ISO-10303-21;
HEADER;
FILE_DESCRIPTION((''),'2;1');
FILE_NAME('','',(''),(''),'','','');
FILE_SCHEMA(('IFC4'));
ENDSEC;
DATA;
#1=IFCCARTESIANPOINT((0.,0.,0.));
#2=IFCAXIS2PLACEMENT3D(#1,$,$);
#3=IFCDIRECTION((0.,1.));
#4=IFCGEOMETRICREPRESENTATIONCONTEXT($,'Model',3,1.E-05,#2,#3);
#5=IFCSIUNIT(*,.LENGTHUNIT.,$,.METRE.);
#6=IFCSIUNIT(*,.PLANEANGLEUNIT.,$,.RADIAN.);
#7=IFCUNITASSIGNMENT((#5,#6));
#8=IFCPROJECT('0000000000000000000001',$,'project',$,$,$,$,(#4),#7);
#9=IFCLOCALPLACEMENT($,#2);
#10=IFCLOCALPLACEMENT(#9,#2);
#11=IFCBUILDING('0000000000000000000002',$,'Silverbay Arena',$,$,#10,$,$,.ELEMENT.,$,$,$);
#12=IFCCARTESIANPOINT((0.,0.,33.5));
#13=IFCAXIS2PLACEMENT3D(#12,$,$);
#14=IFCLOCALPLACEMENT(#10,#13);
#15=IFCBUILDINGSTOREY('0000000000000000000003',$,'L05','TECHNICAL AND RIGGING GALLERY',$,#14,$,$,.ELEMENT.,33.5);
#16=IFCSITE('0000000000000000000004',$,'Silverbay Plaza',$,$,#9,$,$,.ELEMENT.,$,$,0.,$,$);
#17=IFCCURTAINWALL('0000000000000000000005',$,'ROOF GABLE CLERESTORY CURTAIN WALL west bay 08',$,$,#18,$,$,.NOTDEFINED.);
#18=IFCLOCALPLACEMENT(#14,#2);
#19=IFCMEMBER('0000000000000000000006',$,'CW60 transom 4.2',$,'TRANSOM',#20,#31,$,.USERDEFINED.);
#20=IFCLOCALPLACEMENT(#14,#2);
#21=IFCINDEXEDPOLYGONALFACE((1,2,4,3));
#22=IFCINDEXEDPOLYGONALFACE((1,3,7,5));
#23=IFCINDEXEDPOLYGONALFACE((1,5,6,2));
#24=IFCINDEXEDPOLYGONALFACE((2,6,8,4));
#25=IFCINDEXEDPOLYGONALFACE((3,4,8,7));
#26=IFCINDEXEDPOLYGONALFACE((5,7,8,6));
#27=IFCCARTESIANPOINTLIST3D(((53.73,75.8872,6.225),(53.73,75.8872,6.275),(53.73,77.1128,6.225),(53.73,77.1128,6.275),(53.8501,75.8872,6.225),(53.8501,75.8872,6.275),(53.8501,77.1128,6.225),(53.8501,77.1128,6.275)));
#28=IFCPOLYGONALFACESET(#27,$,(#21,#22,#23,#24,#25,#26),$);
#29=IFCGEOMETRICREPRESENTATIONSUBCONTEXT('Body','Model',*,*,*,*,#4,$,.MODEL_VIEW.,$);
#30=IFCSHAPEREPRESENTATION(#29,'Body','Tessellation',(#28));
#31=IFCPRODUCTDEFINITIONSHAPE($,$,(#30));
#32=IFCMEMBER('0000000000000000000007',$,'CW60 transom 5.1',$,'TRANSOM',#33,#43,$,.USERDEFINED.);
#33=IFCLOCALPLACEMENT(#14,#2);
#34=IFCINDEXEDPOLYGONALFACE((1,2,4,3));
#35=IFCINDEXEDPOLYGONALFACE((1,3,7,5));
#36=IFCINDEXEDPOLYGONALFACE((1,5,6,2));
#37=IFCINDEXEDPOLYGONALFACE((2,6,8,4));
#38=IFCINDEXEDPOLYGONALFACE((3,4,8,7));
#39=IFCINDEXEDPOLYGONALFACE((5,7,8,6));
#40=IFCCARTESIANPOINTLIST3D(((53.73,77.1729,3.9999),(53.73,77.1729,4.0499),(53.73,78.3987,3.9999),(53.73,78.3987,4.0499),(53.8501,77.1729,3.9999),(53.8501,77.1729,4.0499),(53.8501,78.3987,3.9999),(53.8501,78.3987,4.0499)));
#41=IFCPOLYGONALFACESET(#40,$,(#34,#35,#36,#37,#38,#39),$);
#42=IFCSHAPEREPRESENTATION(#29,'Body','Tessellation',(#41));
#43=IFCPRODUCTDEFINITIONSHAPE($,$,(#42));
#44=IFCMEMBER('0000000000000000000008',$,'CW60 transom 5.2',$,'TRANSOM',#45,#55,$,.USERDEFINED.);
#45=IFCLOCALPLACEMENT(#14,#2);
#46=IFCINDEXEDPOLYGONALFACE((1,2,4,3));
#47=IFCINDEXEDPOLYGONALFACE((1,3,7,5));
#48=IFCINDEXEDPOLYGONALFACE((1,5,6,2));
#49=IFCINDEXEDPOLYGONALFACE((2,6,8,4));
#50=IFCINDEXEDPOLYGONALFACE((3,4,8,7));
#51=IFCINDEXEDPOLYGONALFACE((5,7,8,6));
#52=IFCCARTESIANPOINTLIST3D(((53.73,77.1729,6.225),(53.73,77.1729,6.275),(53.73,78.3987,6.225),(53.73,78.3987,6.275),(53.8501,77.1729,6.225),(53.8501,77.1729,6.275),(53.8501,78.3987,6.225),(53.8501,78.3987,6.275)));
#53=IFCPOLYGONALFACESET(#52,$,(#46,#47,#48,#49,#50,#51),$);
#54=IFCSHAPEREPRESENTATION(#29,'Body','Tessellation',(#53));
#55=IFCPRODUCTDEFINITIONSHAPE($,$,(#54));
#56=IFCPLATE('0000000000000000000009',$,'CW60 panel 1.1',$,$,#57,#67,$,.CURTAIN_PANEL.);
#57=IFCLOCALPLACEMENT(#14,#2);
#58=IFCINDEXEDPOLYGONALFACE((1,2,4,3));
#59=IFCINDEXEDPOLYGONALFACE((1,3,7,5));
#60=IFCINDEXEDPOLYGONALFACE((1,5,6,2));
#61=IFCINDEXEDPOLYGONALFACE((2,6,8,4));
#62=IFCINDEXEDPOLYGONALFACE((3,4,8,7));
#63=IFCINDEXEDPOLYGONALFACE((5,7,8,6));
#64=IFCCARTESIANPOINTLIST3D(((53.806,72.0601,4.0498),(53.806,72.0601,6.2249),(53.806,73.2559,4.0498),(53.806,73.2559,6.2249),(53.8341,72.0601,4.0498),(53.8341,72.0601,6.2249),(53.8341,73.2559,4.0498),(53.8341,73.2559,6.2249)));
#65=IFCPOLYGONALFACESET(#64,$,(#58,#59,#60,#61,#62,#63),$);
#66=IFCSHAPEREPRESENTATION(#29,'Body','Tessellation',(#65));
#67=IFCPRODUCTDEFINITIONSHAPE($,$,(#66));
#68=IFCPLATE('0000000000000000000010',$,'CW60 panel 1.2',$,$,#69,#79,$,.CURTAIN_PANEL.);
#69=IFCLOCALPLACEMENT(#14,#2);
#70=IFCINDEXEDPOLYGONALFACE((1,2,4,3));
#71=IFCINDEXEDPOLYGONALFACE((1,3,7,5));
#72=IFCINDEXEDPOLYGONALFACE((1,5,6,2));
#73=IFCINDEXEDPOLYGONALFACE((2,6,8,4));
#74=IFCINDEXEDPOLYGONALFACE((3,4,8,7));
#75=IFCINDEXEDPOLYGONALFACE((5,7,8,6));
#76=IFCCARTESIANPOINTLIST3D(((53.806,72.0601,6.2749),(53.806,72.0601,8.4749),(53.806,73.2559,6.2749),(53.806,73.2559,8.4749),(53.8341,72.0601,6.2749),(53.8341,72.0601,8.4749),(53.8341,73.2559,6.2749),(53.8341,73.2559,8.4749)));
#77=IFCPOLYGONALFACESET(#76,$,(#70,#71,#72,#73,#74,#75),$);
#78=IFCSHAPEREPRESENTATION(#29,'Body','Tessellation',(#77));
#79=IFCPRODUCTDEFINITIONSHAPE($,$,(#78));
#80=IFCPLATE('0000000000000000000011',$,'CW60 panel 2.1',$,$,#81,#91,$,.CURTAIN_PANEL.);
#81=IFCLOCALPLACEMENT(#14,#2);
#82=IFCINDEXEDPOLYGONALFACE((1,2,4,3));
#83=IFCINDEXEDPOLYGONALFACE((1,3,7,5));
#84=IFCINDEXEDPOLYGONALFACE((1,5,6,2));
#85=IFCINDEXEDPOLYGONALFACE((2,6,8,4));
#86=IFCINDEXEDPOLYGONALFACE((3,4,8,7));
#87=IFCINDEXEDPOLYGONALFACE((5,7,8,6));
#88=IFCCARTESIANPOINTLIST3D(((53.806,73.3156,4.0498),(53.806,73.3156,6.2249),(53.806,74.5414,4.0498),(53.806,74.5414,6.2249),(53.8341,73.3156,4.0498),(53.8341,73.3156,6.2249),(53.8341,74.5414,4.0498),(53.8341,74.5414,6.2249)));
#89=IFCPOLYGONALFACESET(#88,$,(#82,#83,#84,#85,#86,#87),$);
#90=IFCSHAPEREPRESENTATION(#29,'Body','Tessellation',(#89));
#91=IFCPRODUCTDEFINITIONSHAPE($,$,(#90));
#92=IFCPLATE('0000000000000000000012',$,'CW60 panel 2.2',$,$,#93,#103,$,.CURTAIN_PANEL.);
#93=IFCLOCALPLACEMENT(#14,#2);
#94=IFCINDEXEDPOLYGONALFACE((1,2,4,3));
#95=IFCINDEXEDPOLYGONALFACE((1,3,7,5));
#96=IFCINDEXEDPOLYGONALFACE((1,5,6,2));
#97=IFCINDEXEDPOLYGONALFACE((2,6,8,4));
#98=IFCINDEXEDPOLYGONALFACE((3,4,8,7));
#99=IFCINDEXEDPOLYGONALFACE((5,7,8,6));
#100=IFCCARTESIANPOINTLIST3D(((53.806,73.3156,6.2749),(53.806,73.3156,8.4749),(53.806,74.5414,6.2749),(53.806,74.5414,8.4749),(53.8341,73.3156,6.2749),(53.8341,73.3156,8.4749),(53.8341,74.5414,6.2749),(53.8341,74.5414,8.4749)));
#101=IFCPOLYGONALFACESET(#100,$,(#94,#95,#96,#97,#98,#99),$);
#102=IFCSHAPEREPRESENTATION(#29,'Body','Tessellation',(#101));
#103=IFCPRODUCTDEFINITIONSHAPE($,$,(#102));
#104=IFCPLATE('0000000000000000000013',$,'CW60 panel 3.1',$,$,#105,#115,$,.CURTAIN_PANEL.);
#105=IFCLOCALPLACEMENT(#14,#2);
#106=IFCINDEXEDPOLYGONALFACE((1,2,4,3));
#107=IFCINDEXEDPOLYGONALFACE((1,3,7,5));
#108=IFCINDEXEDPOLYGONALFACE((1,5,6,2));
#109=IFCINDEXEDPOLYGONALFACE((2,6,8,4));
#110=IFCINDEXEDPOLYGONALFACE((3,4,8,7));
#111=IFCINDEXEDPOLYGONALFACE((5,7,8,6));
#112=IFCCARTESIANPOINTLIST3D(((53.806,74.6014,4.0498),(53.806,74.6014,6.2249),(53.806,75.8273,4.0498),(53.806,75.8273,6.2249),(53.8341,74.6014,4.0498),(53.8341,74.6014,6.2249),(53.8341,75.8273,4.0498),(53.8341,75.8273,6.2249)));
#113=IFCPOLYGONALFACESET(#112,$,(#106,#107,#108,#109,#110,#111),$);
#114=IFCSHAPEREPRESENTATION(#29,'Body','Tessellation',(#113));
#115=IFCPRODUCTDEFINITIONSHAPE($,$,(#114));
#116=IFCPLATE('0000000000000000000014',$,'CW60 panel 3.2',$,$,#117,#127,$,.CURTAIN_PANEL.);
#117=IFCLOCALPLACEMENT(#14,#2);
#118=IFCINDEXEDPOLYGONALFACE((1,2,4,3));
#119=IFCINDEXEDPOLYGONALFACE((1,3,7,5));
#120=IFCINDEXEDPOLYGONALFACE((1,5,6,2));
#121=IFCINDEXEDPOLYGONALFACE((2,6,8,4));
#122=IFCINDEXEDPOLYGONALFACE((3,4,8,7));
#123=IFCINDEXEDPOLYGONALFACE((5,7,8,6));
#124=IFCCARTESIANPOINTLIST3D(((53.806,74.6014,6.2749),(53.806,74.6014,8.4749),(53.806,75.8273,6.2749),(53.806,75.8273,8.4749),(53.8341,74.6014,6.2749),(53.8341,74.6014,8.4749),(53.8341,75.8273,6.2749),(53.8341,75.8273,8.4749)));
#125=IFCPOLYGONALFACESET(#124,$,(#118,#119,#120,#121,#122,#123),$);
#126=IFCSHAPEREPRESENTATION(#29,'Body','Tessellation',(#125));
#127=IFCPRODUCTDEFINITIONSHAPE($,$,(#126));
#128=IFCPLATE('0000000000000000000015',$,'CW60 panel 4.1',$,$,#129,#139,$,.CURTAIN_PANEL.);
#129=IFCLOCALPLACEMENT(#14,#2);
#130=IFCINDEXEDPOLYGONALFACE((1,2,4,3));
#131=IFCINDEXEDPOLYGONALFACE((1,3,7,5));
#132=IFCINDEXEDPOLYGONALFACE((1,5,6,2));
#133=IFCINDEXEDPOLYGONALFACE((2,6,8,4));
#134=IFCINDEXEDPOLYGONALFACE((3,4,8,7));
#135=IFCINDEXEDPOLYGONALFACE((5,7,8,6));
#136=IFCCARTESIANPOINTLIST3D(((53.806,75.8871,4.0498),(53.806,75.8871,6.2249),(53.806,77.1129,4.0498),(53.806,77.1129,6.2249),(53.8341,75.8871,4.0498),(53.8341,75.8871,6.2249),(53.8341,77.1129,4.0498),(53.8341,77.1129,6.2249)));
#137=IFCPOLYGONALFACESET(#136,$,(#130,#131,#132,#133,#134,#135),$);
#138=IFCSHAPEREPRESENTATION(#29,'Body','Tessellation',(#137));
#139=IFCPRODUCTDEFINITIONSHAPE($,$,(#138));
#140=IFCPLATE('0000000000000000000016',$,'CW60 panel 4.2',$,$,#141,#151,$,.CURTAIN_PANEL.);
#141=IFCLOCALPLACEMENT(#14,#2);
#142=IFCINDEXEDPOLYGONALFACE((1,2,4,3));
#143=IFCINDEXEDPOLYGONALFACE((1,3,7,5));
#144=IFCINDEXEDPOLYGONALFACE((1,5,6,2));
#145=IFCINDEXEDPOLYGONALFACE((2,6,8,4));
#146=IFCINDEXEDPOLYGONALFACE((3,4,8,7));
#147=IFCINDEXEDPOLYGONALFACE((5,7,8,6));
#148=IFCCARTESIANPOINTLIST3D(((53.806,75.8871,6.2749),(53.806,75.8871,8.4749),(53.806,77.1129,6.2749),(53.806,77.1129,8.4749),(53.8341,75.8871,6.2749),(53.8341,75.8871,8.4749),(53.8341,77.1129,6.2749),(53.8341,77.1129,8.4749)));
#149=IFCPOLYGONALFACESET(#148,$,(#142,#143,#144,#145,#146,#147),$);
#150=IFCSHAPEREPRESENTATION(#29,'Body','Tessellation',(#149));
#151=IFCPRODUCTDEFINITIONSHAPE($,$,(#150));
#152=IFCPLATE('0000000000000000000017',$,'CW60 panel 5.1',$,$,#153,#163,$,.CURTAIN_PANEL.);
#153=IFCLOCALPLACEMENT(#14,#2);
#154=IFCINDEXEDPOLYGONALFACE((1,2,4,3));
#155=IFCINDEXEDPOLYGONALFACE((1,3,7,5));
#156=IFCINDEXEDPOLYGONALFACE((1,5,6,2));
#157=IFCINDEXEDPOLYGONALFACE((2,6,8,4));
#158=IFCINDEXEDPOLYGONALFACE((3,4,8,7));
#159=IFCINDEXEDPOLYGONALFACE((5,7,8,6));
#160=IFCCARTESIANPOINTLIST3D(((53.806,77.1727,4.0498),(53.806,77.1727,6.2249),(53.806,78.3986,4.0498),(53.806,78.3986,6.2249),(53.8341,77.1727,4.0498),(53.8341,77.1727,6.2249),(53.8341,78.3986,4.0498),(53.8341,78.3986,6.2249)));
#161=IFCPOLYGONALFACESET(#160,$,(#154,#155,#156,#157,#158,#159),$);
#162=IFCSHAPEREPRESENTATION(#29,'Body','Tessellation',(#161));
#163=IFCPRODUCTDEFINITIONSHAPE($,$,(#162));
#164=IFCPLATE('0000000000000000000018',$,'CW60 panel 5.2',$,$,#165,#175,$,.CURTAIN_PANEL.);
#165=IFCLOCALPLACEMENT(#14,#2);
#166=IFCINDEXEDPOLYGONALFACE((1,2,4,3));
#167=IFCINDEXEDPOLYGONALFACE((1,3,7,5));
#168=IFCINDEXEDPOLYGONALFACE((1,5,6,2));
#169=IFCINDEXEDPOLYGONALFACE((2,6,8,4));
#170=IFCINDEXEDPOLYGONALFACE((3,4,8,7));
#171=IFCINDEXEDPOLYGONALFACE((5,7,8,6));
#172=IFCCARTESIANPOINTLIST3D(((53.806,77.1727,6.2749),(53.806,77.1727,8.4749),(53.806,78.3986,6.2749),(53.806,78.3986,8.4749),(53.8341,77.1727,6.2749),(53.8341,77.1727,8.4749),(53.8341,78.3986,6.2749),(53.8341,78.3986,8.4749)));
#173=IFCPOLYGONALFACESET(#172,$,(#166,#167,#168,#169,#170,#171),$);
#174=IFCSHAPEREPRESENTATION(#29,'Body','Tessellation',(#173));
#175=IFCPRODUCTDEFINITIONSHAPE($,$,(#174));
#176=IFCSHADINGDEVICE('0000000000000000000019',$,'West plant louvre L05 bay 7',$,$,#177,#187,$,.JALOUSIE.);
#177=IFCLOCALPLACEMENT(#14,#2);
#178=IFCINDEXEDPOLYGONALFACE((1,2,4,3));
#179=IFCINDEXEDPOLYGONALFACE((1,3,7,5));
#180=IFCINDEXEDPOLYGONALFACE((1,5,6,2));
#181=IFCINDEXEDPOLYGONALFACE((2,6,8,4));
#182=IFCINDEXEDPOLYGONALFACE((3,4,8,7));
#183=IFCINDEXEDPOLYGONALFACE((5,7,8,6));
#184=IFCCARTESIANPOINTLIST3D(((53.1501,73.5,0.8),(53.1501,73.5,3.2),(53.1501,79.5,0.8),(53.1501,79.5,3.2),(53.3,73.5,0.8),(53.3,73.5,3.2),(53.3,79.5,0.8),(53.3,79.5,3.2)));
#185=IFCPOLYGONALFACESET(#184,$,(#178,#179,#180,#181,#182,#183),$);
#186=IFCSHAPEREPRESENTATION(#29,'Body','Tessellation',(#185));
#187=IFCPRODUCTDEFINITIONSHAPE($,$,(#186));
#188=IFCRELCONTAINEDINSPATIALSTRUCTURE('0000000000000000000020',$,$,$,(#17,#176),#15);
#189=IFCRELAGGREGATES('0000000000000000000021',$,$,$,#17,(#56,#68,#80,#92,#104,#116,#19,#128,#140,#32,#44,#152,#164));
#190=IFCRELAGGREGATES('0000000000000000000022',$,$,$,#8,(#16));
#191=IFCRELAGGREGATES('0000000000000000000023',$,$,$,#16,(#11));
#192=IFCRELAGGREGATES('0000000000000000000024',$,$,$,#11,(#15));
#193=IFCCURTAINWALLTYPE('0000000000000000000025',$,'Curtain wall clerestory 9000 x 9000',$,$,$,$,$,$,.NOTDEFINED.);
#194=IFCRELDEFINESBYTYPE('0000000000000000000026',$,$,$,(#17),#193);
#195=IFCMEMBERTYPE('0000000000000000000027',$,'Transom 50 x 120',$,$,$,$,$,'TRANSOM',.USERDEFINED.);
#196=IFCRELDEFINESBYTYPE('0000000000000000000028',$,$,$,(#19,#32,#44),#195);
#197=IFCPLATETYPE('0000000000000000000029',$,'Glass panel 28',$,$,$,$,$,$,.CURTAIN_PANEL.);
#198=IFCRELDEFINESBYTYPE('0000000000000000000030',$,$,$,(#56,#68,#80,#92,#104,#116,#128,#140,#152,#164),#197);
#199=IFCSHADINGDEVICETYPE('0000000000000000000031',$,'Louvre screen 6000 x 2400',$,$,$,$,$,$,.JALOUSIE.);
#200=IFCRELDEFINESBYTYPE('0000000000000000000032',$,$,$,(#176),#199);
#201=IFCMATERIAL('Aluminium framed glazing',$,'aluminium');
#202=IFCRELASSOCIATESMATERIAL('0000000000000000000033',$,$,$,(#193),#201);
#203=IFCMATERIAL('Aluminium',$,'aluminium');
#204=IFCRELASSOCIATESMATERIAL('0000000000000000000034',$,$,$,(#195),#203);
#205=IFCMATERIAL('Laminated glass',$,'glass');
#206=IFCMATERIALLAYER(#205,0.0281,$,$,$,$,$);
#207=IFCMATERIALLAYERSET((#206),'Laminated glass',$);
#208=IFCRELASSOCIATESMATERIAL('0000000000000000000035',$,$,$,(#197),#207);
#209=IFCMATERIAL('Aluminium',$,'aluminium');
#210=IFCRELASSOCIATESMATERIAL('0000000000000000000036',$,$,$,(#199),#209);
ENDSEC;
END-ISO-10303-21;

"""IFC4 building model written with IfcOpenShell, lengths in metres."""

from ifc_helpers import new_model, si_unit, direction, frame, origin, origin_2d, place, context, subcontext, project, spatial, rectangle, extrude, material, layer, layer_set, material_profile, profile_set, type_object, element, aggregate, save


model = new_model("IFC4")

# Units and contexts
model_context = context("Model", 3, precision=1e-05, world=origin(), true_north=direction((0.0, 1.0)))
body_context = subcontext(model_context, "Body", "Model", "MODEL_VIEW")
ifc_project = project(units=[si_unit("LENGTHUNIT", "METRE"), si_unit("PLANEANGLEUNIT", "RADIAN")], contexts=[model_context])

# Site, building, storey
site_placement = place(None, origin())
site = spatial("IfcSite", under=ifc_project, at=site_placement, Name="Silverbay Plaza", CompositionType="ELEMENT", RefElevation=0.0)
building_placement = place(site_placement, origin())
building = spatial("IfcBuilding", under=site, at=building_placement, Name="Silverbay Arena", CompositionType="ELEMENT")
storey_placement = place(building_placement, frame((0.0, 0.0, 33.5)))
storey = spatial("IfcBuildingStorey", under=building, at=storey_placement, Name="L05", Description="TECHNICAL AND RIGGING GALLERY", CompositionType="ELEMENT", Elevation=33.5)

# Curtain wall
ifc_material_1 = material(Name="Aluminium framed glazing", Category="aluminium")
curtain_wall_type = type_object("IfcCurtainWallType", Name="Curtain wall clerestory 9000 x 9000", PredefinedType="NOTDEFINED", material=ifc_material_1)
curtain_wall_placement = place(storey_placement, origin())
curtain_wall = element("IfcCurtainWall", 1, at=curtain_wall_placement, inside=storey, type_object=curtain_wall_type, Name="ROOF GABLE CLERESTORY CURTAIN WALL west bay 08", PredefinedType="NOTDEFINED")

# Members
ifc_material_2 = material(Name="Aluminium", Category="aluminium")
ifc_material_profile_1 = material_profile(ifc_material_2, rectangle(XDim=0.1201, YDim=0.05, at=origin_2d()), Name="Transom 50 x 120")
ifc_profile_set_1 = profile_set([ifc_material_profile_1], Name="Aluminium")
member_type_1 = type_object("IfcMemberType", Name="Transom 50 x 120", ElementType="TRANSOM", PredefinedType="USERDEFINED", material=ifc_profile_set_1)
member_1_placement = place(storey_placement, frame((53.79, 75.8872, 6.25), z_axis=(0.0, 1.0, 0.0), x_axis=(-1.0, 0.0, 0.0)))
member_1 = element("IfcMember", 2, at=member_1_placement, type_object=member_type_1, Name="CW60 transom 4.2", ObjectType="TRANSOM", PredefinedType="USERDEFINED", context=body_context, shape_type="SweptSolid", body=[
    extrude(rectangle(XDim=0.1201, YDim=0.05, at=origin_2d()), origin(), (0.0, 0.0, 1.0), 1.2256),
])
member_2_placement = place(storey_placement, frame((53.79, 77.1729, 4.0249), z_axis=(0.0, 1.0, 0.0), x_axis=(-1.0, 0.0, 0.0)))
member_2 = element("IfcMember", 3, at=member_2_placement, type_object=member_type_1, Name="CW60 transom 5.1", ObjectType="TRANSOM", PredefinedType="USERDEFINED", context=body_context, shape_type="SweptSolid", body=[
    extrude(rectangle(XDim=0.1201, YDim=0.05, at=origin_2d()), origin(), (0.0, 0.0, 1.0), 1.2258),
])
member_3_placement = place(storey_placement, frame((53.79, 77.1729, 6.25), z_axis=(0.0, 1.0, 0.0), x_axis=(-1.0, 0.0, 0.0)))
member_3 = element("IfcMember", 4, at=member_3_placement, type_object=member_type_1, Name="CW60 transom 5.2", ObjectType="TRANSOM", PredefinedType="USERDEFINED", context=body_context, shape_type="SweptSolid", body=[
    extrude(rectangle(XDim=0.1201, YDim=0.05, at=origin_2d()), origin(), (0.0, 0.0, 1.0), 1.2258),
])

# Plates
ifc_material_3 = material(Name="Laminated glass", Category="glass")
ifc_layer = layer(ifc_material_3, 0.0281)
ifc_layer_set = layer_set([ifc_layer], Name="Laminated glass")
plate_type = type_object("IfcPlateType", Name="Glass panel 28", PredefinedType="CURTAIN_PANEL", material=ifc_layer_set)
plate_1_placement = place(storey_placement, frame((53.8201, 72.658, 4.0498), z_axis=(0.0, 0.0, 1.0), x_axis=(0.0, 1.0, 0.0)))
plate_1 = element("IfcPlate", 5, at=plate_1_placement, type_object=plate_type, Name="CW60 panel 1.1", PredefinedType="CURTAIN_PANEL", context=body_context, shape_type="SweptSolid", body=[
    extrude(rectangle(XDim=1.1958, YDim=0.0281, at=origin_2d()), origin(), (0.0, 0.0, 1.0), 2.175),
])
plate_2_placement = place(storey_placement, frame((53.8201, 72.658, 6.2749), z_axis=(0.0, 0.0, 1.0), x_axis=(0.0, 1.0, 0.0)))
plate_2 = element("IfcPlate", 6, at=plate_2_placement, type_object=plate_type, Name="CW60 panel 1.2", PredefinedType="CURTAIN_PANEL", context=body_context, shape_type="SweptSolid", body=[
    extrude(rectangle(XDim=1.1958, YDim=0.0281, at=origin_2d()), origin(), (0.0, 0.0, 1.0), 2.2),
])
plate_3_placement = place(storey_placement, frame((53.8201, 73.9285, 4.0498), z_axis=(0.0, 0.0, 1.0), x_axis=(0.0, 1.0, 0.0)))
plate_3 = element("IfcPlate", 7, at=plate_3_placement, type_object=plate_type, Name="CW60 panel 2.1", PredefinedType="CURTAIN_PANEL", context=body_context, shape_type="SweptSolid", body=[
    extrude(rectangle(XDim=1.2258, YDim=0.0281, at=origin_2d()), origin(), (0.0, 0.0, 1.0), 2.175),
])
plate_4_placement = place(storey_placement, frame((53.8201, 73.9285, 6.2749), z_axis=(0.0, 0.0, 1.0), x_axis=(0.0, 1.0, 0.0)))
plate_4 = element("IfcPlate", 8, at=plate_4_placement, type_object=plate_type, Name="CW60 panel 2.2", PredefinedType="CURTAIN_PANEL", context=body_context, shape_type="SweptSolid", body=[
    extrude(rectangle(XDim=1.2258, YDim=0.0281, at=origin_2d()), origin(), (0.0, 0.0, 1.0), 2.2),
])
plate_5_placement = place(storey_placement, frame((53.8201, 75.2144, 4.0498), z_axis=(0.0, 0.0, 1.0), x_axis=(0.0, 1.0, 0.0)))
plate_5 = element("IfcPlate", 9, at=plate_5_placement, type_object=plate_type, Name="CW60 panel 3.1", PredefinedType="CURTAIN_PANEL", context=body_context, shape_type="SweptSolid", body=[
    extrude(rectangle(XDim=1.2258, YDim=0.0281, at=origin_2d()), origin(), (0.0, 0.0, 1.0), 2.175),
])
plate_6_placement = place(storey_placement, frame((53.8201, 75.2144, 6.2749), z_axis=(0.0, 0.0, 1.0), x_axis=(0.0, 1.0, 0.0)))
plate_6 = element("IfcPlate", 10, at=plate_6_placement, type_object=plate_type, Name="CW60 panel 3.2", PredefinedType="CURTAIN_PANEL", context=body_context, shape_type="SweptSolid", body=[
    extrude(rectangle(XDim=1.2258, YDim=0.0281, at=origin_2d()), origin(), (0.0, 0.0, 1.0), 2.2),
])
plate_7_placement = place(storey_placement, frame((53.8201, 76.5, 4.0498), z_axis=(0.0, 0.0, 1.0), x_axis=(0.0, 1.0, 0.0)))
plate_7 = element("IfcPlate", 11, at=plate_7_placement, type_object=plate_type, Name="CW60 panel 4.1", PredefinedType="CURTAIN_PANEL", context=body_context, shape_type="SweptSolid", body=[
    extrude(rectangle(XDim=1.2258, YDim=0.0281, at=origin_2d()), origin(), (0.0, 0.0, 1.0), 2.175),
])
plate_8_placement = place(storey_placement, frame((53.8201, 76.5, 6.2749), z_axis=(0.0, 0.0, 1.0), x_axis=(0.0, 1.0, 0.0)))
plate_8 = element("IfcPlate", 12, at=plate_8_placement, type_object=plate_type, Name="CW60 panel 4.2", PredefinedType="CURTAIN_PANEL", context=body_context, shape_type="SweptSolid", body=[
    extrude(rectangle(XDim=1.2258, YDim=0.0281, at=origin_2d()), origin(), (0.0, 0.0, 1.0), 2.2),
])
plate_9_placement = place(storey_placement, frame((53.8201, 77.7856, 4.0498), z_axis=(0.0, 0.0, 1.0), x_axis=(0.0, 1.0, 0.0)))
plate_9 = element("IfcPlate", 13, at=plate_9_placement, type_object=plate_type, Name="CW60 panel 5.1", PredefinedType="CURTAIN_PANEL", context=body_context, shape_type="SweptSolid", body=[
    extrude(rectangle(XDim=1.2258, YDim=0.0281, at=origin_2d()), origin(), (0.0, 0.0, 1.0), 2.175),
])
plate_10_placement = place(storey_placement, frame((53.8201, 77.7856, 6.2749), z_axis=(0.0, 0.0, 1.0), x_axis=(0.0, 1.0, 0.0)))
plate_10 = element("IfcPlate", 14, at=plate_10_placement, type_object=plate_type, Name="CW60 panel 5.2", PredefinedType="CURTAIN_PANEL", context=body_context, shape_type="SweptSolid", body=[
    extrude(rectangle(XDim=1.2258, YDim=0.0281, at=origin_2d()), origin(), (0.0, 0.0, 1.0), 2.2),
])
aggregate(curtain_wall, [plate_1, plate_2, plate_3, plate_4, plate_5, plate_6, member_1, plate_7, plate_8, member_2, member_3, plate_9, plate_10])

# Shading device
ifc_material_4 = material(Name="Aluminium", Category="aluminium")
shading_device_type = type_object("IfcShadingDeviceType", Name="Louvre screen 6000 x 2400", PredefinedType="JALOUSIE", material=ifc_material_4)
shading_device_placement = place(storey_placement, frame((53.2251, 76.5, 0.8), z_axis=(0.0, 0.0, 1.0), x_axis=(0.0, 1.0, 0.0)))
element("IfcShadingDevice", 15, at=shading_device_placement, inside=storey, type_object=shading_device_type, Name="West plant louvre L05 bay 7", PredefinedType="JALOUSIE", context=body_context, shape_type="SweptSolid", body=[
    extrude(rectangle(XDim=6.0, YDim=0.1499, at=origin_2d()), origin(), (0.0, 0.0, 1.0), 2.3999),
])

save(model, "model.ifc")
